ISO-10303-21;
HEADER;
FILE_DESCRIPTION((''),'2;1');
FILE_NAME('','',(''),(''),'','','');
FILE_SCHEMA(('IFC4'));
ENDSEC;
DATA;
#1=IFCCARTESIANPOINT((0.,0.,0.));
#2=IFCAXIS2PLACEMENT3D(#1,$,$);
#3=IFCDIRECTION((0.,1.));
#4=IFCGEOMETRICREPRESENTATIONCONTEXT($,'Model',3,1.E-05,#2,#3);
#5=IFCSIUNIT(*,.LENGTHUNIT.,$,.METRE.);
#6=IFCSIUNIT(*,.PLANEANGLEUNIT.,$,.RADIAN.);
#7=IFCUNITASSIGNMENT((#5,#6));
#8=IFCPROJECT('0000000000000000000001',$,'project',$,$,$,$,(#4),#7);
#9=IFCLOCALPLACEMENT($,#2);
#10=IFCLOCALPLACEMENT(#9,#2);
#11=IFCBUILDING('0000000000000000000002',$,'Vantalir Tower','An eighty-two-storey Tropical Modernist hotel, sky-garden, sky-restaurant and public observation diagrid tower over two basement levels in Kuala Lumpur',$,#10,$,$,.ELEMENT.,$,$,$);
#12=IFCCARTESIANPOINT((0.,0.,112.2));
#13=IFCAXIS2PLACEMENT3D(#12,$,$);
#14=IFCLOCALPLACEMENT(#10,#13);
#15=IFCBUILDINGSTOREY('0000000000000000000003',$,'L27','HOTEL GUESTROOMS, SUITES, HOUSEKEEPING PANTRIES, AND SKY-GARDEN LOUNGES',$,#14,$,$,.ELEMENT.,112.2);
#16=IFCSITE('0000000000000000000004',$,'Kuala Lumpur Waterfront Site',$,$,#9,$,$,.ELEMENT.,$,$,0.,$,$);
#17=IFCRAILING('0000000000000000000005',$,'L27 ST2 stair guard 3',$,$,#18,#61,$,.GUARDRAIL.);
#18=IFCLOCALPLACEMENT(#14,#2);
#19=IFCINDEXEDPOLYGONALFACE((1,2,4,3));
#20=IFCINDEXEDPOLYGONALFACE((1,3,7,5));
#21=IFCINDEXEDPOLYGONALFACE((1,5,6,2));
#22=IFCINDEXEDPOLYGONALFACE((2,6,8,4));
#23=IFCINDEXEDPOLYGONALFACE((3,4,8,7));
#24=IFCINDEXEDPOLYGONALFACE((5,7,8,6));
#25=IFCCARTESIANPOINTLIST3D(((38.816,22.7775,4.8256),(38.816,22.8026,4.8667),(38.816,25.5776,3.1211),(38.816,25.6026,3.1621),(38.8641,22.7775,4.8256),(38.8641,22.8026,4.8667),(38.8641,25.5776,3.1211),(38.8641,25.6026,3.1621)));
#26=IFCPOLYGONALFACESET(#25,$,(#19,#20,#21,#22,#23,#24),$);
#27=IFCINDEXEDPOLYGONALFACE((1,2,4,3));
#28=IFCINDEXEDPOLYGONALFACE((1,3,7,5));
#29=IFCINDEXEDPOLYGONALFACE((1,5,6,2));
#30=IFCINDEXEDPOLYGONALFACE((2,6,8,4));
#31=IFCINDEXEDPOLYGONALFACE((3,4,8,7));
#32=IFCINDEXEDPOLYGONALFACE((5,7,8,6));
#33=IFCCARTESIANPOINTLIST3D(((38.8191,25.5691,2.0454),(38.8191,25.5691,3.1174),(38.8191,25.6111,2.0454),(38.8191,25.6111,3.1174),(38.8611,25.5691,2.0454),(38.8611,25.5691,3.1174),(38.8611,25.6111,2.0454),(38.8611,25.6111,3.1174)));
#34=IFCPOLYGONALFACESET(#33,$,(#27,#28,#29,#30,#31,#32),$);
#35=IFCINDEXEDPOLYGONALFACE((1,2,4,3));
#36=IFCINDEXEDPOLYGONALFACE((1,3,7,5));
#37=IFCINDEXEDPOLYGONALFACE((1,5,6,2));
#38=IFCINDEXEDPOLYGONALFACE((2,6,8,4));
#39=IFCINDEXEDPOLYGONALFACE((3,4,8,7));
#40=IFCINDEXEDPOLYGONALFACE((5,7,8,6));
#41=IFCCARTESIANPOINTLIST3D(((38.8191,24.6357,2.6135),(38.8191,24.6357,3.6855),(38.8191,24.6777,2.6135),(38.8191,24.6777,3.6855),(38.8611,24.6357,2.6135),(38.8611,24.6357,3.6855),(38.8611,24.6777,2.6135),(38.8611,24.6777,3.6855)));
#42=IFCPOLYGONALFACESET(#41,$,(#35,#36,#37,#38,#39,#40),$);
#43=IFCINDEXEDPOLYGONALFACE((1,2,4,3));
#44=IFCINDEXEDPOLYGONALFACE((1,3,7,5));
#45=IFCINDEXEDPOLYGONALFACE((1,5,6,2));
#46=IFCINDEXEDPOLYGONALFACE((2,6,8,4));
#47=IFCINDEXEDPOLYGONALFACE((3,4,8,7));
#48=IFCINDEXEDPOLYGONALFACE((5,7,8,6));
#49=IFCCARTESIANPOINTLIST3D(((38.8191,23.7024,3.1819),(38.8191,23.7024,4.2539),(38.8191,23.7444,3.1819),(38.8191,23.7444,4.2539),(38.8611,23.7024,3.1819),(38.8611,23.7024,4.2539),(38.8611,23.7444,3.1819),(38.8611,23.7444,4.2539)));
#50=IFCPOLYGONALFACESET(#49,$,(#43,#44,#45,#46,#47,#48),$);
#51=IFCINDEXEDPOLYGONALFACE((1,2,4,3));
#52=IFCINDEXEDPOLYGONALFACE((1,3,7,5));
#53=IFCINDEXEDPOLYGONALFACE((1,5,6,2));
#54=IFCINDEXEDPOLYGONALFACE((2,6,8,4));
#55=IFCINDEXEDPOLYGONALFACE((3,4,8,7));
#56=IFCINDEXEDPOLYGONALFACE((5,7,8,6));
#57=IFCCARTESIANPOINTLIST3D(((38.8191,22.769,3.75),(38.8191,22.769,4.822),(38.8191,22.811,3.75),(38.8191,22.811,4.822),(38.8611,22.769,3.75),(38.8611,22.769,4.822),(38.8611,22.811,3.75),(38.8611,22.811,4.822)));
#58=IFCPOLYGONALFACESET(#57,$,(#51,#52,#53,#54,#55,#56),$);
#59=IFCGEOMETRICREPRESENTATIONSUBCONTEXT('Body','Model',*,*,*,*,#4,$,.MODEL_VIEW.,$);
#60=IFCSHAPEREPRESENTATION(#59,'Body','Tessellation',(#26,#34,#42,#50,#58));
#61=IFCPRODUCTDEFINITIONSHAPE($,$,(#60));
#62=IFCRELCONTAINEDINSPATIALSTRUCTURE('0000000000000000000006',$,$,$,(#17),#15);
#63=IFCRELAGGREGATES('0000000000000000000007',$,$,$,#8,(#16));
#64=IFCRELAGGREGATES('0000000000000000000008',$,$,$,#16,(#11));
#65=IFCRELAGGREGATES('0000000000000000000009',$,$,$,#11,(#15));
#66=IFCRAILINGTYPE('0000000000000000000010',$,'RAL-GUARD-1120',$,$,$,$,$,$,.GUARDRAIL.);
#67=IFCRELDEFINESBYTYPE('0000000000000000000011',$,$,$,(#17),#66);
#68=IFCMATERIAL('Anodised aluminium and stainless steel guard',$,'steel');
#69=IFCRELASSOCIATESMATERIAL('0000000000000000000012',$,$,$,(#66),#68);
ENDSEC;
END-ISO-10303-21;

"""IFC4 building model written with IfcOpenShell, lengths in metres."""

from ifc_helpers import new_model, si_unit, direction, frame, origin, origin_2d, place, context, subcontext, project, spatial, rectangle, extrude, material, type_object, element, save


model = new_model("IFC4")

# Units and contexts
model_context = context("Model", 3, precision=1e-05, world=origin(), true_north=direction((0.0, 1.0)))
body_context = subcontext(model_context, "Body", "Model", "MODEL_VIEW")
ifc_project = project(units=[si_unit("LENGTHUNIT", "METRE"), si_unit("PLANEANGLEUNIT", "RADIAN")], contexts=[model_context])

# Site, building, storey
site_placement = place(None, origin())
site = spatial("IfcSite", under=ifc_project, at=site_placement, Name="Kuala Lumpur Waterfront Site", CompositionType="ELEMENT", RefElevation=0.0)
building_placement = place(site_placement, origin())
building = spatial("IfcBuilding", under=site, at=building_placement, Name="Vantalir Tower", Description="An eighty-two-storey Tropical Modernist hotel, sky-garden, sky-restaurant and public observation diagrid tower over two basement levels in Kuala Lumpur", CompositionType="ELEMENT")
storey_placement = place(building_placement, frame((0.0, 0.0, 112.2)))
storey = spatial("IfcBuildingStorey", under=building, at=storey_placement, Name="L27", Description="HOTEL GUESTROOMS, SUITES, HOUSEKEEPING PANTRIES, AND SKY-GARDEN LOUNGES", CompositionType="ELEMENT", Elevation=112.2)

# Railing
ifc_material_1 = material(Name="Anodised aluminium and stainless steel guard", Category="steel")
railing_type = type_object("IfcRailingType", Name="RAL-GUARD-1120", PredefinedType="GUARDRAIL", material=ifc_material_1)
railing_1_placement = place(storey_placement, frame((38.8401, 25.5901, 2.0454)))
element("IfcRailing", 1, at=railing_1_placement, inside=storey, type_object=railing_type, Name="L27 ST2 stair guard 3", PredefinedType="GUARDRAIL", context=body_context, shape_type="SweptSolid", body=[
    extrude(rectangle(XDim=0.0481, YDim=0.0481, at=origin_2d()), frame((0.0, 0.0, 1.0962), z_axis=(0.0, -0.85417, 0.519994), x_axis=(1.0, 0.0, 0.0)), (0.0, 0.0, 1.0), 3.2781),
    extrude(rectangle(XDim=0.042, YDim=0.042, at=origin_2d()), origin(), (0.0, 0.0, 1.0), 1.072),
    extrude(rectangle(XDim=0.042, YDim=0.042, at=origin_2d()), frame((0.0, -0.9333, 0.5681)), (0.0, 0.0, 1.0), 1.072),
    extrude(rectangle(XDim=0.042, YDim=0.042, at=origin_2d()), frame((0.0, -1.8667, 1.1365)), (0.0, 0.0, 1.0), 1.072),
    extrude(rectangle(XDim=0.042, YDim=0.042, at=origin_2d()), frame((0.0, -2.8, 1.7046)), (0.0, 0.0, 1.0), 1.072),
])

save(model, "model.ifc")
